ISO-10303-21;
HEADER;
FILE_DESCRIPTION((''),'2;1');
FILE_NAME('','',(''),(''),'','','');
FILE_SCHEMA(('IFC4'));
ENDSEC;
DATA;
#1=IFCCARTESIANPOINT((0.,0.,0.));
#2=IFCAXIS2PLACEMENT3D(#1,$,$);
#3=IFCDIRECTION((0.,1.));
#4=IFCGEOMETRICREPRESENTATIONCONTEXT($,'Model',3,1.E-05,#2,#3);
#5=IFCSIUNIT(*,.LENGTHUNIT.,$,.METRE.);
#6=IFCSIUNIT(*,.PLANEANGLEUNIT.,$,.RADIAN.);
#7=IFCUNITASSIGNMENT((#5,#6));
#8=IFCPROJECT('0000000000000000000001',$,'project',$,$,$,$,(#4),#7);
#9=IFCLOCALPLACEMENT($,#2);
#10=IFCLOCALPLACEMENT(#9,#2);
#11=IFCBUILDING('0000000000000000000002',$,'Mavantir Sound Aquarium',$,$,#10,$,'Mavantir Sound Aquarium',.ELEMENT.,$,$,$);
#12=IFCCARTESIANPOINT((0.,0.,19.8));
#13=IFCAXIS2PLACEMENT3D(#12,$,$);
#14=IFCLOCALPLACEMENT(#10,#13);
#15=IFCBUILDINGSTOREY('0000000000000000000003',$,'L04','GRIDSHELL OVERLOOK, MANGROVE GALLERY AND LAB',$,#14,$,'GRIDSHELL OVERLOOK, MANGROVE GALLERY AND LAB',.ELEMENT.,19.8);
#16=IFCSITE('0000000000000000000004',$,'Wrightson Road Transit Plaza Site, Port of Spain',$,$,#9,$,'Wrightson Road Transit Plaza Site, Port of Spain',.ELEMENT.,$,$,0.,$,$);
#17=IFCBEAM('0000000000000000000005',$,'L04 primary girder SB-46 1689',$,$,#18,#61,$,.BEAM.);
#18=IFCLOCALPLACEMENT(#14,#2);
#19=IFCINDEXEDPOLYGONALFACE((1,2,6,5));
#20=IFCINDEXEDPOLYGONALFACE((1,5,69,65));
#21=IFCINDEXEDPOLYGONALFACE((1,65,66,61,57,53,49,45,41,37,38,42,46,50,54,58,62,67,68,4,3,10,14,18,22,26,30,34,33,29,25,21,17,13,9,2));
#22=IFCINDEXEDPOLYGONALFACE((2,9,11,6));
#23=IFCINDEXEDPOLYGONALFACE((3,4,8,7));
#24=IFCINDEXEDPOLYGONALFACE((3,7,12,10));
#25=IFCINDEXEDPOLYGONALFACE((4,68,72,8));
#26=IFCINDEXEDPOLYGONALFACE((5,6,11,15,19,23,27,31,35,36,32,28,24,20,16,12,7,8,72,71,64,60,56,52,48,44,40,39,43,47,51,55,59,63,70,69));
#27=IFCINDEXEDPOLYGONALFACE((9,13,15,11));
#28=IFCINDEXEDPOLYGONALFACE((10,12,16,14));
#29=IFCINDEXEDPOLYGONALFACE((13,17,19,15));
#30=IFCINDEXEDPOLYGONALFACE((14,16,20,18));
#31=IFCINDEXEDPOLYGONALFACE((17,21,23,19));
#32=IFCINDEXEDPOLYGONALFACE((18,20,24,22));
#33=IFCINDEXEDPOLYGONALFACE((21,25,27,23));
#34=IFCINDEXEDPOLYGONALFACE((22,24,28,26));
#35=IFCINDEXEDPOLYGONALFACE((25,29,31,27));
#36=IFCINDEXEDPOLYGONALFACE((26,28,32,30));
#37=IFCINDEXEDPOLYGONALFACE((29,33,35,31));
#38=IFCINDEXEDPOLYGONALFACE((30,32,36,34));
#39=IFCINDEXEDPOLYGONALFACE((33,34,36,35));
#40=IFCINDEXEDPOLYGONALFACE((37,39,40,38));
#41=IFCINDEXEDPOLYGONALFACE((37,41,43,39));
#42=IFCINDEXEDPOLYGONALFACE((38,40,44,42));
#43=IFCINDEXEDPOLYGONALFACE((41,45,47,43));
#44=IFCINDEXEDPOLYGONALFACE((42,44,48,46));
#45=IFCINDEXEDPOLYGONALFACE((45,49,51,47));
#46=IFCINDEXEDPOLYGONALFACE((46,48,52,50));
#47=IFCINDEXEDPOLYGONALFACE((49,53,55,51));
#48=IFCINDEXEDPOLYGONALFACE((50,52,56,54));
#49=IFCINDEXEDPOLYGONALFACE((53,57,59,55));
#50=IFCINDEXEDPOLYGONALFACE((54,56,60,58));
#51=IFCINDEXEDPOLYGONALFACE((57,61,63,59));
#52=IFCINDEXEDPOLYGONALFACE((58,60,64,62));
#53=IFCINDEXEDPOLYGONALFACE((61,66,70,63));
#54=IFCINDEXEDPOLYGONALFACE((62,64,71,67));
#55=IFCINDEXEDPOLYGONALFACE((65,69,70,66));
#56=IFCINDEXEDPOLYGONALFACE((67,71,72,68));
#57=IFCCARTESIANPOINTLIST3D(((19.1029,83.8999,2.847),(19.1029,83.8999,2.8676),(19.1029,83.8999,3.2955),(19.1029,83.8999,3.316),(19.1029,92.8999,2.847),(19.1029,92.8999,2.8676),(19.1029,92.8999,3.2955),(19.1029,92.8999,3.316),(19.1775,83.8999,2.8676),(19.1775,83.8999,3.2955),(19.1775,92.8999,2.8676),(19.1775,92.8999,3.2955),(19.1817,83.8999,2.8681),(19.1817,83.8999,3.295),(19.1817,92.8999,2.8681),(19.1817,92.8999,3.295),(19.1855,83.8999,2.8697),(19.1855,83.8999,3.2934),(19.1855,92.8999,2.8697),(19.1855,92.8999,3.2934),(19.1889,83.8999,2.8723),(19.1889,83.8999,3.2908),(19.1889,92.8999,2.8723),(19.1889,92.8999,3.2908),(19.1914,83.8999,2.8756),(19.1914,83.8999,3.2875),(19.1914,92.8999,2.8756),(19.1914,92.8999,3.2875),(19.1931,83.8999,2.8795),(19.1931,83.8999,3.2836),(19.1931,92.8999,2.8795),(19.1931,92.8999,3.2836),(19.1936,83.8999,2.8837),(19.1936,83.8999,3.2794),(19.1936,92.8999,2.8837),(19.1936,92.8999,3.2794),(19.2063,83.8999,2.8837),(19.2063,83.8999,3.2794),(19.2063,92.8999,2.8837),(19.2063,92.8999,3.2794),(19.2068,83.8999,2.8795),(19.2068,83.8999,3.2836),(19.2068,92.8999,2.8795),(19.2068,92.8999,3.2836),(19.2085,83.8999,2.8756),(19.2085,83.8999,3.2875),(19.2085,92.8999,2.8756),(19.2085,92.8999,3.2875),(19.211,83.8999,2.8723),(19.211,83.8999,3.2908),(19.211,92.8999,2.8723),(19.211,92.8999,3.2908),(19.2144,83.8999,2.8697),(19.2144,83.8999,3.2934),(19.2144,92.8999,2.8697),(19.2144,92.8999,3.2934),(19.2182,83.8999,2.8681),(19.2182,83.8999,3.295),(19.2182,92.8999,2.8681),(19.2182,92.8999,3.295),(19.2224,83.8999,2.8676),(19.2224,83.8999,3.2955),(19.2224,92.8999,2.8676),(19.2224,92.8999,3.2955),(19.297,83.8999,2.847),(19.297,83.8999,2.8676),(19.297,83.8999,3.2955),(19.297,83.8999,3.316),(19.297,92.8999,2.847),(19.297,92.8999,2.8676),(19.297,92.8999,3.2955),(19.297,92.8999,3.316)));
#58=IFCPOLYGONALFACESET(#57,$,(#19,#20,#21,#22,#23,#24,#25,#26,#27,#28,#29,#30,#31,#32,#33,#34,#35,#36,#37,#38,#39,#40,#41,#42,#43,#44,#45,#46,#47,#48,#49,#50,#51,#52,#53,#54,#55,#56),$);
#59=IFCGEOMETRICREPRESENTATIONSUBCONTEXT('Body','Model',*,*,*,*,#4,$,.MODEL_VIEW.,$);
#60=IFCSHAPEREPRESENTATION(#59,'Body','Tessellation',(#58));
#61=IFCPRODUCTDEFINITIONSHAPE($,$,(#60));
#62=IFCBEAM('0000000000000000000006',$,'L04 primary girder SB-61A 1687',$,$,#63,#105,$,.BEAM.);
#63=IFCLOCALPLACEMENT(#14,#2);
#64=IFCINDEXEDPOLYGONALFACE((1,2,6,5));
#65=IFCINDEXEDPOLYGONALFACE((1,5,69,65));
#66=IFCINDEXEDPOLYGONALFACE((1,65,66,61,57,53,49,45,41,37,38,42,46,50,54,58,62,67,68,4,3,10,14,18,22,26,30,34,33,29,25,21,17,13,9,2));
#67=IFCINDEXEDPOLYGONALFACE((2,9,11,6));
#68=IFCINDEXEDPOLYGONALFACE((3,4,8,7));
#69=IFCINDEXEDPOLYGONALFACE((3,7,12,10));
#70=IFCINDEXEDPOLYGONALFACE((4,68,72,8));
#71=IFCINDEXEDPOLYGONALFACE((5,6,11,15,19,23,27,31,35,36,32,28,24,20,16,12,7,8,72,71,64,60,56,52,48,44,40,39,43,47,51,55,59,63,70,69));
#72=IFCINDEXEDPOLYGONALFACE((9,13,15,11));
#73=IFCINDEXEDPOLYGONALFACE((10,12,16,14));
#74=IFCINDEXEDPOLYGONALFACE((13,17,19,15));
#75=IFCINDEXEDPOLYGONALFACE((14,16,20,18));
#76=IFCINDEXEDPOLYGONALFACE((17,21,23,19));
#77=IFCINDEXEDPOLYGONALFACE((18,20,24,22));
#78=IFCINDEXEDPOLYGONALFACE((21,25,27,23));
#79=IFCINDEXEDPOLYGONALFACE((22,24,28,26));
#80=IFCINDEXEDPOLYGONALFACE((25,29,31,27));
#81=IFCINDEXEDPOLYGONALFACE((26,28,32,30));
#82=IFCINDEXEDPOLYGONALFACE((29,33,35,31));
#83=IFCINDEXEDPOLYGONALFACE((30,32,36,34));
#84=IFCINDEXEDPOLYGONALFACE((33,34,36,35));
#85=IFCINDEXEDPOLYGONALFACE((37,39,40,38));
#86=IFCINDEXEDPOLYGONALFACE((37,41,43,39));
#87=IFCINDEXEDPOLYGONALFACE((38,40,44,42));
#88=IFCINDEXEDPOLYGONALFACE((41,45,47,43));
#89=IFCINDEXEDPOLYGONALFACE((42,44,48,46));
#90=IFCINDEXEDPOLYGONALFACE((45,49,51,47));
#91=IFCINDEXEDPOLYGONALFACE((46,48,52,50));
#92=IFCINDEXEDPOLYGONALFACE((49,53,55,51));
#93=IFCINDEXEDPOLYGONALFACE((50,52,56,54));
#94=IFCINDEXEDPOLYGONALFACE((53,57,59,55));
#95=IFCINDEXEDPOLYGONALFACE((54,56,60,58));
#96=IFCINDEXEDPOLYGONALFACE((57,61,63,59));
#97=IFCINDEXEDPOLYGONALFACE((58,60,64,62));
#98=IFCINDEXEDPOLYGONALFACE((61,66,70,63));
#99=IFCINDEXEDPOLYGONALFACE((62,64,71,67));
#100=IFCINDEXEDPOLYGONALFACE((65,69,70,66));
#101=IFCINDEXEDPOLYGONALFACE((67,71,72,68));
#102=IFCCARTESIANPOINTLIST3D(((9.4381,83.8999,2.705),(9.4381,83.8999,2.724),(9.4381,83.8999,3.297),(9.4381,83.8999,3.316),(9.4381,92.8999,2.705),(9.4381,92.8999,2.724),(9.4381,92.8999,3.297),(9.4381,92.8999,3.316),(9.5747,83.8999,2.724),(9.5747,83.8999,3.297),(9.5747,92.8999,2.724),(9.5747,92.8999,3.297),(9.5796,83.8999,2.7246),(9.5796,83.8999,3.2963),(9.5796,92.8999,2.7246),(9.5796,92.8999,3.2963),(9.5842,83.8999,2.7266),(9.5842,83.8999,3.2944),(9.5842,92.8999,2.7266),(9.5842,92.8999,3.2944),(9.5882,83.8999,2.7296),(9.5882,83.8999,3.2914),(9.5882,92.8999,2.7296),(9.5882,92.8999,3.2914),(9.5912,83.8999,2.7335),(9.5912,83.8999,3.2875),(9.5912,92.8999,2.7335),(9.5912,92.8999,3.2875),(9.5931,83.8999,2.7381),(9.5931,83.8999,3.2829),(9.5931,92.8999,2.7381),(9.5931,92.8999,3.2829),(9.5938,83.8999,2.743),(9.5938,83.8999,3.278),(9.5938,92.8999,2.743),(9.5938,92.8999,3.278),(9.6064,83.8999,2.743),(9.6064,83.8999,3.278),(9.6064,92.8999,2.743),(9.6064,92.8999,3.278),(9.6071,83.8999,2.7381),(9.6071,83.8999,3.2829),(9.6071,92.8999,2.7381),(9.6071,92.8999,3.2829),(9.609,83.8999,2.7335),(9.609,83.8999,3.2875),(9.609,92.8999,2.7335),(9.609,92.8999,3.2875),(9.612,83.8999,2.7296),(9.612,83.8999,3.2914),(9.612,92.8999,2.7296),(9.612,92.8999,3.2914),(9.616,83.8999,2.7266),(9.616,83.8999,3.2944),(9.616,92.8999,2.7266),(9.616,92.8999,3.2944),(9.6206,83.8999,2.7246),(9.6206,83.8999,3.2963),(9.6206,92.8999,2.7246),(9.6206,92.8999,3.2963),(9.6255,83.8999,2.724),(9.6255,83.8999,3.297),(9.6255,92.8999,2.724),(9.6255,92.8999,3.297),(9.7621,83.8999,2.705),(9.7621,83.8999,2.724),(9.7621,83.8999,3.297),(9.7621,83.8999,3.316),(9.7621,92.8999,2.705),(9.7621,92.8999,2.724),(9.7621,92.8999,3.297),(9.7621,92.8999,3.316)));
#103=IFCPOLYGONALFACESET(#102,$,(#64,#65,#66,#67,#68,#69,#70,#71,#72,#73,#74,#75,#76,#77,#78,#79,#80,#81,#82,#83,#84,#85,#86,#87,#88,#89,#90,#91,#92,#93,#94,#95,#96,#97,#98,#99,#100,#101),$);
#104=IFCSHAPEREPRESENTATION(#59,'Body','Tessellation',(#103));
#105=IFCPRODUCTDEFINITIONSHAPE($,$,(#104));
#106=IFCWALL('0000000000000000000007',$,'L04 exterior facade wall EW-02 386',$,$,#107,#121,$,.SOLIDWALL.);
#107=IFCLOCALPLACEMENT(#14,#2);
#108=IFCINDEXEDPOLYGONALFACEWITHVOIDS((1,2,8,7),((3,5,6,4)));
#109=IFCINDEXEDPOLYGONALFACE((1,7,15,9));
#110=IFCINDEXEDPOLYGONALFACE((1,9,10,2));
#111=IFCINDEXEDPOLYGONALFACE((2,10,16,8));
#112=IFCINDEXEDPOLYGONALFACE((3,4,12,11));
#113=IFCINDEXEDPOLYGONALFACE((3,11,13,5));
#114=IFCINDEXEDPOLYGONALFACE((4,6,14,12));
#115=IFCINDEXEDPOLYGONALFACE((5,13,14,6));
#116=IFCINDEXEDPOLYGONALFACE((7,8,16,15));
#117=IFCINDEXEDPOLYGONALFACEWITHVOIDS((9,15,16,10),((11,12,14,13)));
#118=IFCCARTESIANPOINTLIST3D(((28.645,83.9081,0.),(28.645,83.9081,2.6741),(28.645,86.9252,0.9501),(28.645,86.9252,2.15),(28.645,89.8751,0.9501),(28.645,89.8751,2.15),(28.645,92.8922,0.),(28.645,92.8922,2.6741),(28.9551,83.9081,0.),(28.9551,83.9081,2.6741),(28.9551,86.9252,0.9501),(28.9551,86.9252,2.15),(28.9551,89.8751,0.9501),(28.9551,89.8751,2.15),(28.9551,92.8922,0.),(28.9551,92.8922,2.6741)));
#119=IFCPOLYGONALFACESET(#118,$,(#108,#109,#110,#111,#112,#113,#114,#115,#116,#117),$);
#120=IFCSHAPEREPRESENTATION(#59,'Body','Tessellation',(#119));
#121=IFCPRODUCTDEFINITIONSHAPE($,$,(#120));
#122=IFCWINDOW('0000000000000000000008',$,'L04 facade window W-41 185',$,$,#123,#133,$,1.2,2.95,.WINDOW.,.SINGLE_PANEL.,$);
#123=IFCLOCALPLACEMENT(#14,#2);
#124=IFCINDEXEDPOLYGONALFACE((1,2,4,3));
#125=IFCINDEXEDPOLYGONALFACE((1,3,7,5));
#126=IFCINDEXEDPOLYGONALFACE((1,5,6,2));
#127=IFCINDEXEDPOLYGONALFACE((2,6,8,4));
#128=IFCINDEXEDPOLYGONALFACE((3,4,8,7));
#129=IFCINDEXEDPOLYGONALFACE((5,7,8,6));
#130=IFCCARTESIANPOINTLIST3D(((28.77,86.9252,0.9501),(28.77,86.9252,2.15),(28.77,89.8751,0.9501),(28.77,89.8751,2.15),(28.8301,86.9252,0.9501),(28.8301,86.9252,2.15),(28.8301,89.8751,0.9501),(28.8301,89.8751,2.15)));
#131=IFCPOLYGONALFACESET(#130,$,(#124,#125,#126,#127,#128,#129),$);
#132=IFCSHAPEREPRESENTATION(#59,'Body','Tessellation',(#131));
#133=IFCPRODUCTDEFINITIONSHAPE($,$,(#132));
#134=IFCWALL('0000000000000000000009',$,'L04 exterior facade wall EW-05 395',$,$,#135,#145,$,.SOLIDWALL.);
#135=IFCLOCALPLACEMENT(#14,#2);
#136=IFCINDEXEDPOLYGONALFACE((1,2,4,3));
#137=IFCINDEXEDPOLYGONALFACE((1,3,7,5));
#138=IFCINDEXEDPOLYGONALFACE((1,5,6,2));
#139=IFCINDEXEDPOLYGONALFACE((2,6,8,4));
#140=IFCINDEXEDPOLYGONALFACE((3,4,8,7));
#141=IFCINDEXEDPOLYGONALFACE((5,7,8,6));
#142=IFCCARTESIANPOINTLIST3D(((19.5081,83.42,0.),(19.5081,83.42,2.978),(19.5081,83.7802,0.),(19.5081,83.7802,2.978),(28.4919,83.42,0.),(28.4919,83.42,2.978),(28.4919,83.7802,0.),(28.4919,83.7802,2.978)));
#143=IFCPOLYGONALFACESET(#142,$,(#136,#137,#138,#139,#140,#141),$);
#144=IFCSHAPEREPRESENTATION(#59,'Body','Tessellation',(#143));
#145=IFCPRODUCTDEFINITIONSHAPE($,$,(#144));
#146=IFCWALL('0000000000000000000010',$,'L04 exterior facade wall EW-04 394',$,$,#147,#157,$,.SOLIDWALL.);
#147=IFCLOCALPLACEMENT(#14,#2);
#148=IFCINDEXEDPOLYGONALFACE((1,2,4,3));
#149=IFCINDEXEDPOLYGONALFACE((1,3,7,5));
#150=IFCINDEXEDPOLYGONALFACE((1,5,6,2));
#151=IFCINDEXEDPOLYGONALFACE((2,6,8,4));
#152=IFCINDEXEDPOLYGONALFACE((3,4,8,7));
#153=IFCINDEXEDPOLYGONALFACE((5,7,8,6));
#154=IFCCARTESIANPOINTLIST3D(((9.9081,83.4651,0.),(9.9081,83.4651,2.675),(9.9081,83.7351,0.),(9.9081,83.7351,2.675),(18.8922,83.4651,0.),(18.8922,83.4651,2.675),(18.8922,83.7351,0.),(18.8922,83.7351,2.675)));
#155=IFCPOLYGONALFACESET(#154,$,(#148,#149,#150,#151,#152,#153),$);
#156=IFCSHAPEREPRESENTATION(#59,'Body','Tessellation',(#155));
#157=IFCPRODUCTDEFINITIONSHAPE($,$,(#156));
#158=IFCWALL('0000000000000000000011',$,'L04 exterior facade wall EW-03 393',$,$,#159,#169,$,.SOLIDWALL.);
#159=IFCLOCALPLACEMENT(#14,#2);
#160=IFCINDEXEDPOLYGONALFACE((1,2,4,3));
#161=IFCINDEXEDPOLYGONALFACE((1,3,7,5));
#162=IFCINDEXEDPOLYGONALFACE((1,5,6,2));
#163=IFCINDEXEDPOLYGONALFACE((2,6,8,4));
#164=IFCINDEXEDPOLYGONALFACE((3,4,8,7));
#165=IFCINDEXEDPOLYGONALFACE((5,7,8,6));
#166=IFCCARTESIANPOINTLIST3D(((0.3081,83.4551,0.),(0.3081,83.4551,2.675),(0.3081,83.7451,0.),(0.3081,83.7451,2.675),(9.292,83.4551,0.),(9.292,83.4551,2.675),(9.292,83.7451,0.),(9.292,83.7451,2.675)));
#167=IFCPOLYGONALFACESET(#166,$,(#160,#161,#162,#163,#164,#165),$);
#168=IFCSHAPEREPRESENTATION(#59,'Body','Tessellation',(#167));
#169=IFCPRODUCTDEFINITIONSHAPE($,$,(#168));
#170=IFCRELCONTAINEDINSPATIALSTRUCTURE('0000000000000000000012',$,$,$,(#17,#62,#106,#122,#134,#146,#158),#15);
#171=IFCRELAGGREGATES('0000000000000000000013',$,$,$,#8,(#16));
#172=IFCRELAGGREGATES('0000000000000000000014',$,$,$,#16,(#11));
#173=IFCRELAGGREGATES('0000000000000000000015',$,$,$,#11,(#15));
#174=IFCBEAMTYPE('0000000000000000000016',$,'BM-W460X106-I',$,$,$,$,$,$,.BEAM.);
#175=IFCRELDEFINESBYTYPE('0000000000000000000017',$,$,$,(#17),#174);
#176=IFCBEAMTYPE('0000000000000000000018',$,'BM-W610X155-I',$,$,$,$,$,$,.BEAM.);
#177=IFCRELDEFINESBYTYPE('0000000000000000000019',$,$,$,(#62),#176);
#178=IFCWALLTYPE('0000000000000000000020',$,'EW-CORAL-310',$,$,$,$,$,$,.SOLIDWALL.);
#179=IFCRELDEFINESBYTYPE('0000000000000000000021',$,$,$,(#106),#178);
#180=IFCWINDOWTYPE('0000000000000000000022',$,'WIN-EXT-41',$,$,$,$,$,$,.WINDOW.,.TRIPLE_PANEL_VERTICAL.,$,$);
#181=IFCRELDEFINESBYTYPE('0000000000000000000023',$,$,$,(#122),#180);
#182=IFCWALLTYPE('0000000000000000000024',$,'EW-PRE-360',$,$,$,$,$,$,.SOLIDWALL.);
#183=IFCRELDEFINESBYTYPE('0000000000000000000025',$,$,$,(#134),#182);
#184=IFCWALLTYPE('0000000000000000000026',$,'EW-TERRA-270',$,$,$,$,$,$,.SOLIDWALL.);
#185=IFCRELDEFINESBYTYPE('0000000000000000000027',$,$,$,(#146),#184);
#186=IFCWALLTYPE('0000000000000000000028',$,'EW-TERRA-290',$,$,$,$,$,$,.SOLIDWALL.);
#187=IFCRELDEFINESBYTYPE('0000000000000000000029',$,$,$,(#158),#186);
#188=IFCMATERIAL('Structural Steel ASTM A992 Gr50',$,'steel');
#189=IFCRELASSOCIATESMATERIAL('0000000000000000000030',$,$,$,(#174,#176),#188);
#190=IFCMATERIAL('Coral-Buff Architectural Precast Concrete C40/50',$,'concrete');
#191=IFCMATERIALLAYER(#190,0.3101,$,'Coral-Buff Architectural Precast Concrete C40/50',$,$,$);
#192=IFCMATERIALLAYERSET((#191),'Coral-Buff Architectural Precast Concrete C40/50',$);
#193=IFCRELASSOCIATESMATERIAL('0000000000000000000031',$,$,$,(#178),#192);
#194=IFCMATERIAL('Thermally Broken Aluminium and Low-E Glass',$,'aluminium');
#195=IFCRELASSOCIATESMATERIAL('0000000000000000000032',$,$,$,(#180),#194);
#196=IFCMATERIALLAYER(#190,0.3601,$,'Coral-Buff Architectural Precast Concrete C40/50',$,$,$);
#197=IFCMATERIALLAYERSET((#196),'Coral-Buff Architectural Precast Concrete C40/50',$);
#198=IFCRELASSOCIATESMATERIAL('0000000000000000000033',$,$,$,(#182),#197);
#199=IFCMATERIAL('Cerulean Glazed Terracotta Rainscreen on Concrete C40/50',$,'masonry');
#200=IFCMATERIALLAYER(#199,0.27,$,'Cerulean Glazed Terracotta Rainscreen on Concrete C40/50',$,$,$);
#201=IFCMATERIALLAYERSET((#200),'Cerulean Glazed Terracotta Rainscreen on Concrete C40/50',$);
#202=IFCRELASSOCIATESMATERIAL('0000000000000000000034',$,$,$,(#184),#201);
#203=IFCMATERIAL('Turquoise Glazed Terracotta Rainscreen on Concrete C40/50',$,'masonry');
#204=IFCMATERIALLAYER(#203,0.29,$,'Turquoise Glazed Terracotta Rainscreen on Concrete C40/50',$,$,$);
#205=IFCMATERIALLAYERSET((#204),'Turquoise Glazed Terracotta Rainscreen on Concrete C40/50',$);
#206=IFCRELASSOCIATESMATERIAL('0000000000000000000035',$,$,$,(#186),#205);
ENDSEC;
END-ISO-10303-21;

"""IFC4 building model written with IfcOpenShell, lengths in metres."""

from ifc_helpers import new_model, si_unit, direction, frame, frame_2d, origin, origin_2d, place, context, subcontext, project, spatial, rectangle, i_section, extrude, material, layer, layer_set, material_profile, profile_set, type_object, element, fill, save


model = new_model("IFC4")

# Units and contexts
model_context = context("Model", 3, precision=1e-05, world=origin(), true_north=direction((0.0, 1.0)))
body_context = subcontext(model_context, "Body", "Model", "MODEL_VIEW")
ifc_project = project(units=[si_unit("LENGTHUNIT", "METRE"), si_unit("PLANEANGLEUNIT", "RADIAN")], contexts=[model_context])

# Site, building, storey
site_placement = place(None, origin())
site = spatial("IfcSite", under=ifc_project, at=site_placement, Name="Wrightson Road Transit Plaza Site, Port of Spain", LongName="Wrightson Road Transit Plaza Site, Port of Spain", CompositionType="ELEMENT", RefElevation=0.0)
building_placement = place(site_placement, origin())
building = spatial("IfcBuilding", under=site, at=building_placement, Name="Mavantir Sound Aquarium", LongName="Mavantir Sound Aquarium", CompositionType="ELEMENT")
storey_placement = place(building_placement, frame((0.0, 0.0, 19.8)))
storey = spatial("IfcBuildingStorey", under=building, at=storey_placement, Name="L04", Description="GRIDSHELL OVERLOOK, MANGROVE GALLERY AND LAB", LongName="GRIDSHELL OVERLOOK, MANGROVE GALLERY AND LAB", CompositionType="ELEMENT", Elevation=19.8)

# Beams
ifc_material_1 = material(Name="Structural Steel ASTM A992 Gr50", Category="steel")
ifc_material_profile_1 = material_profile(ifc_material_1, i_section(OverallWidth=0.1941, OverallDepth=0.469, WebThickness=0.0127, FlangeThickness=0.0205, FilletRadius=0.0161, at=origin_2d()), Name="W460X106")
ifc_profile_set_1 = profile_set([ifc_material_profile_1], Name="Structural Steel ASTM A992 Gr50")
beam_type_1 = type_object("IfcBeamType", Name="BM-W460X106-I", PredefinedType="BEAM", material=ifc_profile_set_1)
beam_1_placement = place(storey_placement, frame((19.2, 83.8999, 3.0815), z_axis=(0.0, 1.0, 0.0), x_axis=(-1.0, 0.0, 0.0)))
element("IfcBeam", 1, at=beam_1_placement, inside=storey, type_object=beam_type_1, Name="L04 primary girder SB-46 1689", PredefinedType="BEAM", context=body_context, shape_type="SweptSolid", body=[
    extrude(i_section(OverallWidth=0.1941, OverallDepth=0.469, WebThickness=0.0127, FlangeThickness=0.0205, FilletRadius=0.0161, at=origin_2d()), origin(), (0.0, 0.0, 1.0), 9.0),
])
ifc_material_profile_2 = material_profile(ifc_material_1, i_section(OverallWidth=0.324, OverallDepth=0.6111, WebThickness=0.0127, FlangeThickness=0.019, FilletRadius=0.019, at=origin_2d()), Name="W610X155")
ifc_profile_set_2 = profile_set([ifc_material_profile_2], Name="Structural Steel ASTM A992 Gr50")
beam_type_2 = type_object("IfcBeamType", Name="BM-W610X155-I", PredefinedType="BEAM", material=ifc_profile_set_2)
beam_2_placement = place(storey_placement, frame((9.6001, 83.8999, 3.0105), z_axis=(0.0, 1.0, 0.0), x_axis=(-1.0, 0.0, 0.0)))
element("IfcBeam", 2, at=beam_2_placement, inside=storey, type_object=beam_type_2, Name="L04 primary girder SB-61A 1687", PredefinedType="BEAM", context=body_context, shape_type="SweptSolid", body=[
    extrude(i_section(OverallWidth=0.324, OverallDepth=0.6111, WebThickness=0.0127, FlangeThickness=0.019, FilletRadius=0.019, at=origin_2d()), origin(), (0.0, 0.0, 1.0), 9.0),
])

# Wall, opening, window
ifc_material_2 = material(Name="Coral-Buff Architectural Precast Concrete C40/50", Category="concrete")
ifc_layer_1 = layer(ifc_material_2, 0.3101, Name="Coral-Buff Architectural Precast Concrete C40/50")
ifc_layer_set_1 = layer_set([ifc_layer_1], Name="Coral-Buff Architectural Precast Concrete C40/50")
wall_type_1 = type_object("IfcWallType", Name="EW-CORAL-310", PredefinedType="SOLIDWALL", material=ifc_layer_set_1)
wall_1_placement = place(storey_placement, frame((28.8, 83.908, 0.0), z_axis=(0.0, 0.0, 1.0), x_axis=(0.0, 1.0, 0.0)))
wall_1 = element("IfcWall", 3, at=wall_1_placement, inside=storey, type_object=wall_type_1, Name="L04 exterior facade wall EW-02 386", PredefinedType="SOLIDWALL", context=body_context, shape_type="SweptSolid", body=[
    extrude(rectangle(XDim=8.9841, YDim=0.3101, at=frame_2d((4.4922, 0.0))), origin(), (0.0, 0.0, 1.0), 2.6741),
])
opening_placement = place(wall_1_placement, frame((3.0171, 0.0, 0.95)))
opening = element("IfcOpeningElement", 4, at=opening_placement, cuts=wall_1, PredefinedType="OPENING", context=body_context, shape_type="SweptSolid", body=[
    extrude(rectangle(XDim=2.95, YDim=1.2, at=frame_2d((1.4751, 0.6001))), frame((0.0, 0.165, 0.0), z_axis=(0.0, -1.0, 0.0), x_axis=(1.0, 0.0, 0.0)), (0.0, 0.0, 1.0), 0.3301),
])
ifc_material_3 = material(Name="Thermally Broken Aluminium and Low-E Glass", Category="aluminium")
window_type = type_object("IfcWindowType", Name="WIN-EXT-41", PartitioningType="TRIPLE_PANEL_VERTICAL", PredefinedType="WINDOW", material=ifc_material_3)
window_placement = place(opening_placement, origin())
window = element("IfcWindow", 5, at=window_placement, inside=storey, type_object=window_type, Name="L04 facade window W-41 185", OverallHeight=1.2, OverallWidth=2.95, PartitioningType="SINGLE_PANEL", PredefinedType="WINDOW", context=body_context, shape_type="SweptSolid", body=[
    extrude(rectangle(XDim=2.95, YDim=1.2, at=frame_2d((1.4751, 0.6001))), frame((0.0, 0.03, 0.0), z_axis=(0.0, -1.0, 0.0), x_axis=(1.0, 0.0, 0.0)), (0.0, 0.0, 1.0), 0.0601),
])
fill(opening, window)

# Walls
ifc_layer_2 = layer(ifc_material_2, 0.3601, Name="Coral-Buff Architectural Precast Concrete C40/50")
ifc_layer_set_2 = layer_set([ifc_layer_2], Name="Coral-Buff Architectural Precast Concrete C40/50")
wall_type_2 = type_object("IfcWallType", Name="EW-PRE-360", PredefinedType="SOLIDWALL", material=ifc_layer_set_2)
wall_2_placement = place(storey_placement, frame((19.5081, 83.6001, 0.0), z_axis=(0.0, 0.0, 1.0), x_axis=(1.0, 0.0, 0.0)))
element("IfcWall", 6, at=wall_2_placement, inside=storey, type_object=wall_type_2, Name="L04 exterior facade wall EW-05 395", PredefinedType="SOLIDWALL", context=body_context, shape_type="SweptSolid", body=[
    extrude(rectangle(XDim=8.9839, YDim=0.3601, at=frame_2d((4.4919, 0.0))), origin(), (0.0, 0.0, 1.0), 2.978),
])
ifc_material_4 = material(Name="Cerulean Glazed Terracotta Rainscreen on Concrete C40/50", Category="masonry")
ifc_layer_3 = layer(ifc_material_4, 0.27, Name="Cerulean Glazed Terracotta Rainscreen on Concrete C40/50")
ifc_layer_set_3 = layer_set([ifc_layer_3], Name="Cerulean Glazed Terracotta Rainscreen on Concrete C40/50")
wall_type_3 = type_object("IfcWallType", Name="EW-TERRA-270", PredefinedType="SOLIDWALL", material=ifc_layer_set_3)
wall_3_placement = place(storey_placement, frame((9.908, 83.6001, 0.0), z_axis=(0.0, 0.0, 1.0), x_axis=(1.0, 0.0, 0.0)))
element("IfcWall", 7, at=wall_3_placement, inside=storey, type_object=wall_type_3, Name="L04 exterior facade wall EW-04 394", PredefinedType="SOLIDWALL", context=body_context, shape_type="SweptSolid", body=[
    extrude(rectangle(XDim=8.9841, YDim=0.27, at=frame_2d((4.4922, 0.0))), origin(), (0.0, 0.0, 1.0), 2.675),
])
ifc_material_5 = material(Name="Turquoise Glazed Terracotta Rainscreen on Concrete C40/50", Category="masonry")
ifc_layer_4 = layer(ifc_material_5, 0.29, Name="Turquoise Glazed Terracotta Rainscreen on Concrete C40/50")
ifc_layer_set_4 = layer_set([ifc_layer_4], Name="Turquoise Glazed Terracotta Rainscreen on Concrete C40/50")
wall_type_4 = type_object("IfcWallType", Name="EW-TERRA-290", PredefinedType="SOLIDWALL", material=ifc_layer_set_4)
wall_4_placement = place(storey_placement, frame((0.3081, 83.6001, 0.0), z_axis=(0.0, 0.0, 1.0), x_axis=(1.0, 0.0, 0.0)))
element("IfcWall", 8, at=wall_4_placement, inside=storey, type_object=wall_type_4, Name="L04 exterior facade wall EW-03 393", PredefinedType="SOLIDWALL", context=body_context, shape_type="SweptSolid", body=[
    extrude(rectangle(XDim=8.9839, YDim=0.29, at=frame_2d((4.4919, 0.0))), origin(), (0.0, 0.0, 1.0), 2.675),
])

save(model, "model.ifc")
